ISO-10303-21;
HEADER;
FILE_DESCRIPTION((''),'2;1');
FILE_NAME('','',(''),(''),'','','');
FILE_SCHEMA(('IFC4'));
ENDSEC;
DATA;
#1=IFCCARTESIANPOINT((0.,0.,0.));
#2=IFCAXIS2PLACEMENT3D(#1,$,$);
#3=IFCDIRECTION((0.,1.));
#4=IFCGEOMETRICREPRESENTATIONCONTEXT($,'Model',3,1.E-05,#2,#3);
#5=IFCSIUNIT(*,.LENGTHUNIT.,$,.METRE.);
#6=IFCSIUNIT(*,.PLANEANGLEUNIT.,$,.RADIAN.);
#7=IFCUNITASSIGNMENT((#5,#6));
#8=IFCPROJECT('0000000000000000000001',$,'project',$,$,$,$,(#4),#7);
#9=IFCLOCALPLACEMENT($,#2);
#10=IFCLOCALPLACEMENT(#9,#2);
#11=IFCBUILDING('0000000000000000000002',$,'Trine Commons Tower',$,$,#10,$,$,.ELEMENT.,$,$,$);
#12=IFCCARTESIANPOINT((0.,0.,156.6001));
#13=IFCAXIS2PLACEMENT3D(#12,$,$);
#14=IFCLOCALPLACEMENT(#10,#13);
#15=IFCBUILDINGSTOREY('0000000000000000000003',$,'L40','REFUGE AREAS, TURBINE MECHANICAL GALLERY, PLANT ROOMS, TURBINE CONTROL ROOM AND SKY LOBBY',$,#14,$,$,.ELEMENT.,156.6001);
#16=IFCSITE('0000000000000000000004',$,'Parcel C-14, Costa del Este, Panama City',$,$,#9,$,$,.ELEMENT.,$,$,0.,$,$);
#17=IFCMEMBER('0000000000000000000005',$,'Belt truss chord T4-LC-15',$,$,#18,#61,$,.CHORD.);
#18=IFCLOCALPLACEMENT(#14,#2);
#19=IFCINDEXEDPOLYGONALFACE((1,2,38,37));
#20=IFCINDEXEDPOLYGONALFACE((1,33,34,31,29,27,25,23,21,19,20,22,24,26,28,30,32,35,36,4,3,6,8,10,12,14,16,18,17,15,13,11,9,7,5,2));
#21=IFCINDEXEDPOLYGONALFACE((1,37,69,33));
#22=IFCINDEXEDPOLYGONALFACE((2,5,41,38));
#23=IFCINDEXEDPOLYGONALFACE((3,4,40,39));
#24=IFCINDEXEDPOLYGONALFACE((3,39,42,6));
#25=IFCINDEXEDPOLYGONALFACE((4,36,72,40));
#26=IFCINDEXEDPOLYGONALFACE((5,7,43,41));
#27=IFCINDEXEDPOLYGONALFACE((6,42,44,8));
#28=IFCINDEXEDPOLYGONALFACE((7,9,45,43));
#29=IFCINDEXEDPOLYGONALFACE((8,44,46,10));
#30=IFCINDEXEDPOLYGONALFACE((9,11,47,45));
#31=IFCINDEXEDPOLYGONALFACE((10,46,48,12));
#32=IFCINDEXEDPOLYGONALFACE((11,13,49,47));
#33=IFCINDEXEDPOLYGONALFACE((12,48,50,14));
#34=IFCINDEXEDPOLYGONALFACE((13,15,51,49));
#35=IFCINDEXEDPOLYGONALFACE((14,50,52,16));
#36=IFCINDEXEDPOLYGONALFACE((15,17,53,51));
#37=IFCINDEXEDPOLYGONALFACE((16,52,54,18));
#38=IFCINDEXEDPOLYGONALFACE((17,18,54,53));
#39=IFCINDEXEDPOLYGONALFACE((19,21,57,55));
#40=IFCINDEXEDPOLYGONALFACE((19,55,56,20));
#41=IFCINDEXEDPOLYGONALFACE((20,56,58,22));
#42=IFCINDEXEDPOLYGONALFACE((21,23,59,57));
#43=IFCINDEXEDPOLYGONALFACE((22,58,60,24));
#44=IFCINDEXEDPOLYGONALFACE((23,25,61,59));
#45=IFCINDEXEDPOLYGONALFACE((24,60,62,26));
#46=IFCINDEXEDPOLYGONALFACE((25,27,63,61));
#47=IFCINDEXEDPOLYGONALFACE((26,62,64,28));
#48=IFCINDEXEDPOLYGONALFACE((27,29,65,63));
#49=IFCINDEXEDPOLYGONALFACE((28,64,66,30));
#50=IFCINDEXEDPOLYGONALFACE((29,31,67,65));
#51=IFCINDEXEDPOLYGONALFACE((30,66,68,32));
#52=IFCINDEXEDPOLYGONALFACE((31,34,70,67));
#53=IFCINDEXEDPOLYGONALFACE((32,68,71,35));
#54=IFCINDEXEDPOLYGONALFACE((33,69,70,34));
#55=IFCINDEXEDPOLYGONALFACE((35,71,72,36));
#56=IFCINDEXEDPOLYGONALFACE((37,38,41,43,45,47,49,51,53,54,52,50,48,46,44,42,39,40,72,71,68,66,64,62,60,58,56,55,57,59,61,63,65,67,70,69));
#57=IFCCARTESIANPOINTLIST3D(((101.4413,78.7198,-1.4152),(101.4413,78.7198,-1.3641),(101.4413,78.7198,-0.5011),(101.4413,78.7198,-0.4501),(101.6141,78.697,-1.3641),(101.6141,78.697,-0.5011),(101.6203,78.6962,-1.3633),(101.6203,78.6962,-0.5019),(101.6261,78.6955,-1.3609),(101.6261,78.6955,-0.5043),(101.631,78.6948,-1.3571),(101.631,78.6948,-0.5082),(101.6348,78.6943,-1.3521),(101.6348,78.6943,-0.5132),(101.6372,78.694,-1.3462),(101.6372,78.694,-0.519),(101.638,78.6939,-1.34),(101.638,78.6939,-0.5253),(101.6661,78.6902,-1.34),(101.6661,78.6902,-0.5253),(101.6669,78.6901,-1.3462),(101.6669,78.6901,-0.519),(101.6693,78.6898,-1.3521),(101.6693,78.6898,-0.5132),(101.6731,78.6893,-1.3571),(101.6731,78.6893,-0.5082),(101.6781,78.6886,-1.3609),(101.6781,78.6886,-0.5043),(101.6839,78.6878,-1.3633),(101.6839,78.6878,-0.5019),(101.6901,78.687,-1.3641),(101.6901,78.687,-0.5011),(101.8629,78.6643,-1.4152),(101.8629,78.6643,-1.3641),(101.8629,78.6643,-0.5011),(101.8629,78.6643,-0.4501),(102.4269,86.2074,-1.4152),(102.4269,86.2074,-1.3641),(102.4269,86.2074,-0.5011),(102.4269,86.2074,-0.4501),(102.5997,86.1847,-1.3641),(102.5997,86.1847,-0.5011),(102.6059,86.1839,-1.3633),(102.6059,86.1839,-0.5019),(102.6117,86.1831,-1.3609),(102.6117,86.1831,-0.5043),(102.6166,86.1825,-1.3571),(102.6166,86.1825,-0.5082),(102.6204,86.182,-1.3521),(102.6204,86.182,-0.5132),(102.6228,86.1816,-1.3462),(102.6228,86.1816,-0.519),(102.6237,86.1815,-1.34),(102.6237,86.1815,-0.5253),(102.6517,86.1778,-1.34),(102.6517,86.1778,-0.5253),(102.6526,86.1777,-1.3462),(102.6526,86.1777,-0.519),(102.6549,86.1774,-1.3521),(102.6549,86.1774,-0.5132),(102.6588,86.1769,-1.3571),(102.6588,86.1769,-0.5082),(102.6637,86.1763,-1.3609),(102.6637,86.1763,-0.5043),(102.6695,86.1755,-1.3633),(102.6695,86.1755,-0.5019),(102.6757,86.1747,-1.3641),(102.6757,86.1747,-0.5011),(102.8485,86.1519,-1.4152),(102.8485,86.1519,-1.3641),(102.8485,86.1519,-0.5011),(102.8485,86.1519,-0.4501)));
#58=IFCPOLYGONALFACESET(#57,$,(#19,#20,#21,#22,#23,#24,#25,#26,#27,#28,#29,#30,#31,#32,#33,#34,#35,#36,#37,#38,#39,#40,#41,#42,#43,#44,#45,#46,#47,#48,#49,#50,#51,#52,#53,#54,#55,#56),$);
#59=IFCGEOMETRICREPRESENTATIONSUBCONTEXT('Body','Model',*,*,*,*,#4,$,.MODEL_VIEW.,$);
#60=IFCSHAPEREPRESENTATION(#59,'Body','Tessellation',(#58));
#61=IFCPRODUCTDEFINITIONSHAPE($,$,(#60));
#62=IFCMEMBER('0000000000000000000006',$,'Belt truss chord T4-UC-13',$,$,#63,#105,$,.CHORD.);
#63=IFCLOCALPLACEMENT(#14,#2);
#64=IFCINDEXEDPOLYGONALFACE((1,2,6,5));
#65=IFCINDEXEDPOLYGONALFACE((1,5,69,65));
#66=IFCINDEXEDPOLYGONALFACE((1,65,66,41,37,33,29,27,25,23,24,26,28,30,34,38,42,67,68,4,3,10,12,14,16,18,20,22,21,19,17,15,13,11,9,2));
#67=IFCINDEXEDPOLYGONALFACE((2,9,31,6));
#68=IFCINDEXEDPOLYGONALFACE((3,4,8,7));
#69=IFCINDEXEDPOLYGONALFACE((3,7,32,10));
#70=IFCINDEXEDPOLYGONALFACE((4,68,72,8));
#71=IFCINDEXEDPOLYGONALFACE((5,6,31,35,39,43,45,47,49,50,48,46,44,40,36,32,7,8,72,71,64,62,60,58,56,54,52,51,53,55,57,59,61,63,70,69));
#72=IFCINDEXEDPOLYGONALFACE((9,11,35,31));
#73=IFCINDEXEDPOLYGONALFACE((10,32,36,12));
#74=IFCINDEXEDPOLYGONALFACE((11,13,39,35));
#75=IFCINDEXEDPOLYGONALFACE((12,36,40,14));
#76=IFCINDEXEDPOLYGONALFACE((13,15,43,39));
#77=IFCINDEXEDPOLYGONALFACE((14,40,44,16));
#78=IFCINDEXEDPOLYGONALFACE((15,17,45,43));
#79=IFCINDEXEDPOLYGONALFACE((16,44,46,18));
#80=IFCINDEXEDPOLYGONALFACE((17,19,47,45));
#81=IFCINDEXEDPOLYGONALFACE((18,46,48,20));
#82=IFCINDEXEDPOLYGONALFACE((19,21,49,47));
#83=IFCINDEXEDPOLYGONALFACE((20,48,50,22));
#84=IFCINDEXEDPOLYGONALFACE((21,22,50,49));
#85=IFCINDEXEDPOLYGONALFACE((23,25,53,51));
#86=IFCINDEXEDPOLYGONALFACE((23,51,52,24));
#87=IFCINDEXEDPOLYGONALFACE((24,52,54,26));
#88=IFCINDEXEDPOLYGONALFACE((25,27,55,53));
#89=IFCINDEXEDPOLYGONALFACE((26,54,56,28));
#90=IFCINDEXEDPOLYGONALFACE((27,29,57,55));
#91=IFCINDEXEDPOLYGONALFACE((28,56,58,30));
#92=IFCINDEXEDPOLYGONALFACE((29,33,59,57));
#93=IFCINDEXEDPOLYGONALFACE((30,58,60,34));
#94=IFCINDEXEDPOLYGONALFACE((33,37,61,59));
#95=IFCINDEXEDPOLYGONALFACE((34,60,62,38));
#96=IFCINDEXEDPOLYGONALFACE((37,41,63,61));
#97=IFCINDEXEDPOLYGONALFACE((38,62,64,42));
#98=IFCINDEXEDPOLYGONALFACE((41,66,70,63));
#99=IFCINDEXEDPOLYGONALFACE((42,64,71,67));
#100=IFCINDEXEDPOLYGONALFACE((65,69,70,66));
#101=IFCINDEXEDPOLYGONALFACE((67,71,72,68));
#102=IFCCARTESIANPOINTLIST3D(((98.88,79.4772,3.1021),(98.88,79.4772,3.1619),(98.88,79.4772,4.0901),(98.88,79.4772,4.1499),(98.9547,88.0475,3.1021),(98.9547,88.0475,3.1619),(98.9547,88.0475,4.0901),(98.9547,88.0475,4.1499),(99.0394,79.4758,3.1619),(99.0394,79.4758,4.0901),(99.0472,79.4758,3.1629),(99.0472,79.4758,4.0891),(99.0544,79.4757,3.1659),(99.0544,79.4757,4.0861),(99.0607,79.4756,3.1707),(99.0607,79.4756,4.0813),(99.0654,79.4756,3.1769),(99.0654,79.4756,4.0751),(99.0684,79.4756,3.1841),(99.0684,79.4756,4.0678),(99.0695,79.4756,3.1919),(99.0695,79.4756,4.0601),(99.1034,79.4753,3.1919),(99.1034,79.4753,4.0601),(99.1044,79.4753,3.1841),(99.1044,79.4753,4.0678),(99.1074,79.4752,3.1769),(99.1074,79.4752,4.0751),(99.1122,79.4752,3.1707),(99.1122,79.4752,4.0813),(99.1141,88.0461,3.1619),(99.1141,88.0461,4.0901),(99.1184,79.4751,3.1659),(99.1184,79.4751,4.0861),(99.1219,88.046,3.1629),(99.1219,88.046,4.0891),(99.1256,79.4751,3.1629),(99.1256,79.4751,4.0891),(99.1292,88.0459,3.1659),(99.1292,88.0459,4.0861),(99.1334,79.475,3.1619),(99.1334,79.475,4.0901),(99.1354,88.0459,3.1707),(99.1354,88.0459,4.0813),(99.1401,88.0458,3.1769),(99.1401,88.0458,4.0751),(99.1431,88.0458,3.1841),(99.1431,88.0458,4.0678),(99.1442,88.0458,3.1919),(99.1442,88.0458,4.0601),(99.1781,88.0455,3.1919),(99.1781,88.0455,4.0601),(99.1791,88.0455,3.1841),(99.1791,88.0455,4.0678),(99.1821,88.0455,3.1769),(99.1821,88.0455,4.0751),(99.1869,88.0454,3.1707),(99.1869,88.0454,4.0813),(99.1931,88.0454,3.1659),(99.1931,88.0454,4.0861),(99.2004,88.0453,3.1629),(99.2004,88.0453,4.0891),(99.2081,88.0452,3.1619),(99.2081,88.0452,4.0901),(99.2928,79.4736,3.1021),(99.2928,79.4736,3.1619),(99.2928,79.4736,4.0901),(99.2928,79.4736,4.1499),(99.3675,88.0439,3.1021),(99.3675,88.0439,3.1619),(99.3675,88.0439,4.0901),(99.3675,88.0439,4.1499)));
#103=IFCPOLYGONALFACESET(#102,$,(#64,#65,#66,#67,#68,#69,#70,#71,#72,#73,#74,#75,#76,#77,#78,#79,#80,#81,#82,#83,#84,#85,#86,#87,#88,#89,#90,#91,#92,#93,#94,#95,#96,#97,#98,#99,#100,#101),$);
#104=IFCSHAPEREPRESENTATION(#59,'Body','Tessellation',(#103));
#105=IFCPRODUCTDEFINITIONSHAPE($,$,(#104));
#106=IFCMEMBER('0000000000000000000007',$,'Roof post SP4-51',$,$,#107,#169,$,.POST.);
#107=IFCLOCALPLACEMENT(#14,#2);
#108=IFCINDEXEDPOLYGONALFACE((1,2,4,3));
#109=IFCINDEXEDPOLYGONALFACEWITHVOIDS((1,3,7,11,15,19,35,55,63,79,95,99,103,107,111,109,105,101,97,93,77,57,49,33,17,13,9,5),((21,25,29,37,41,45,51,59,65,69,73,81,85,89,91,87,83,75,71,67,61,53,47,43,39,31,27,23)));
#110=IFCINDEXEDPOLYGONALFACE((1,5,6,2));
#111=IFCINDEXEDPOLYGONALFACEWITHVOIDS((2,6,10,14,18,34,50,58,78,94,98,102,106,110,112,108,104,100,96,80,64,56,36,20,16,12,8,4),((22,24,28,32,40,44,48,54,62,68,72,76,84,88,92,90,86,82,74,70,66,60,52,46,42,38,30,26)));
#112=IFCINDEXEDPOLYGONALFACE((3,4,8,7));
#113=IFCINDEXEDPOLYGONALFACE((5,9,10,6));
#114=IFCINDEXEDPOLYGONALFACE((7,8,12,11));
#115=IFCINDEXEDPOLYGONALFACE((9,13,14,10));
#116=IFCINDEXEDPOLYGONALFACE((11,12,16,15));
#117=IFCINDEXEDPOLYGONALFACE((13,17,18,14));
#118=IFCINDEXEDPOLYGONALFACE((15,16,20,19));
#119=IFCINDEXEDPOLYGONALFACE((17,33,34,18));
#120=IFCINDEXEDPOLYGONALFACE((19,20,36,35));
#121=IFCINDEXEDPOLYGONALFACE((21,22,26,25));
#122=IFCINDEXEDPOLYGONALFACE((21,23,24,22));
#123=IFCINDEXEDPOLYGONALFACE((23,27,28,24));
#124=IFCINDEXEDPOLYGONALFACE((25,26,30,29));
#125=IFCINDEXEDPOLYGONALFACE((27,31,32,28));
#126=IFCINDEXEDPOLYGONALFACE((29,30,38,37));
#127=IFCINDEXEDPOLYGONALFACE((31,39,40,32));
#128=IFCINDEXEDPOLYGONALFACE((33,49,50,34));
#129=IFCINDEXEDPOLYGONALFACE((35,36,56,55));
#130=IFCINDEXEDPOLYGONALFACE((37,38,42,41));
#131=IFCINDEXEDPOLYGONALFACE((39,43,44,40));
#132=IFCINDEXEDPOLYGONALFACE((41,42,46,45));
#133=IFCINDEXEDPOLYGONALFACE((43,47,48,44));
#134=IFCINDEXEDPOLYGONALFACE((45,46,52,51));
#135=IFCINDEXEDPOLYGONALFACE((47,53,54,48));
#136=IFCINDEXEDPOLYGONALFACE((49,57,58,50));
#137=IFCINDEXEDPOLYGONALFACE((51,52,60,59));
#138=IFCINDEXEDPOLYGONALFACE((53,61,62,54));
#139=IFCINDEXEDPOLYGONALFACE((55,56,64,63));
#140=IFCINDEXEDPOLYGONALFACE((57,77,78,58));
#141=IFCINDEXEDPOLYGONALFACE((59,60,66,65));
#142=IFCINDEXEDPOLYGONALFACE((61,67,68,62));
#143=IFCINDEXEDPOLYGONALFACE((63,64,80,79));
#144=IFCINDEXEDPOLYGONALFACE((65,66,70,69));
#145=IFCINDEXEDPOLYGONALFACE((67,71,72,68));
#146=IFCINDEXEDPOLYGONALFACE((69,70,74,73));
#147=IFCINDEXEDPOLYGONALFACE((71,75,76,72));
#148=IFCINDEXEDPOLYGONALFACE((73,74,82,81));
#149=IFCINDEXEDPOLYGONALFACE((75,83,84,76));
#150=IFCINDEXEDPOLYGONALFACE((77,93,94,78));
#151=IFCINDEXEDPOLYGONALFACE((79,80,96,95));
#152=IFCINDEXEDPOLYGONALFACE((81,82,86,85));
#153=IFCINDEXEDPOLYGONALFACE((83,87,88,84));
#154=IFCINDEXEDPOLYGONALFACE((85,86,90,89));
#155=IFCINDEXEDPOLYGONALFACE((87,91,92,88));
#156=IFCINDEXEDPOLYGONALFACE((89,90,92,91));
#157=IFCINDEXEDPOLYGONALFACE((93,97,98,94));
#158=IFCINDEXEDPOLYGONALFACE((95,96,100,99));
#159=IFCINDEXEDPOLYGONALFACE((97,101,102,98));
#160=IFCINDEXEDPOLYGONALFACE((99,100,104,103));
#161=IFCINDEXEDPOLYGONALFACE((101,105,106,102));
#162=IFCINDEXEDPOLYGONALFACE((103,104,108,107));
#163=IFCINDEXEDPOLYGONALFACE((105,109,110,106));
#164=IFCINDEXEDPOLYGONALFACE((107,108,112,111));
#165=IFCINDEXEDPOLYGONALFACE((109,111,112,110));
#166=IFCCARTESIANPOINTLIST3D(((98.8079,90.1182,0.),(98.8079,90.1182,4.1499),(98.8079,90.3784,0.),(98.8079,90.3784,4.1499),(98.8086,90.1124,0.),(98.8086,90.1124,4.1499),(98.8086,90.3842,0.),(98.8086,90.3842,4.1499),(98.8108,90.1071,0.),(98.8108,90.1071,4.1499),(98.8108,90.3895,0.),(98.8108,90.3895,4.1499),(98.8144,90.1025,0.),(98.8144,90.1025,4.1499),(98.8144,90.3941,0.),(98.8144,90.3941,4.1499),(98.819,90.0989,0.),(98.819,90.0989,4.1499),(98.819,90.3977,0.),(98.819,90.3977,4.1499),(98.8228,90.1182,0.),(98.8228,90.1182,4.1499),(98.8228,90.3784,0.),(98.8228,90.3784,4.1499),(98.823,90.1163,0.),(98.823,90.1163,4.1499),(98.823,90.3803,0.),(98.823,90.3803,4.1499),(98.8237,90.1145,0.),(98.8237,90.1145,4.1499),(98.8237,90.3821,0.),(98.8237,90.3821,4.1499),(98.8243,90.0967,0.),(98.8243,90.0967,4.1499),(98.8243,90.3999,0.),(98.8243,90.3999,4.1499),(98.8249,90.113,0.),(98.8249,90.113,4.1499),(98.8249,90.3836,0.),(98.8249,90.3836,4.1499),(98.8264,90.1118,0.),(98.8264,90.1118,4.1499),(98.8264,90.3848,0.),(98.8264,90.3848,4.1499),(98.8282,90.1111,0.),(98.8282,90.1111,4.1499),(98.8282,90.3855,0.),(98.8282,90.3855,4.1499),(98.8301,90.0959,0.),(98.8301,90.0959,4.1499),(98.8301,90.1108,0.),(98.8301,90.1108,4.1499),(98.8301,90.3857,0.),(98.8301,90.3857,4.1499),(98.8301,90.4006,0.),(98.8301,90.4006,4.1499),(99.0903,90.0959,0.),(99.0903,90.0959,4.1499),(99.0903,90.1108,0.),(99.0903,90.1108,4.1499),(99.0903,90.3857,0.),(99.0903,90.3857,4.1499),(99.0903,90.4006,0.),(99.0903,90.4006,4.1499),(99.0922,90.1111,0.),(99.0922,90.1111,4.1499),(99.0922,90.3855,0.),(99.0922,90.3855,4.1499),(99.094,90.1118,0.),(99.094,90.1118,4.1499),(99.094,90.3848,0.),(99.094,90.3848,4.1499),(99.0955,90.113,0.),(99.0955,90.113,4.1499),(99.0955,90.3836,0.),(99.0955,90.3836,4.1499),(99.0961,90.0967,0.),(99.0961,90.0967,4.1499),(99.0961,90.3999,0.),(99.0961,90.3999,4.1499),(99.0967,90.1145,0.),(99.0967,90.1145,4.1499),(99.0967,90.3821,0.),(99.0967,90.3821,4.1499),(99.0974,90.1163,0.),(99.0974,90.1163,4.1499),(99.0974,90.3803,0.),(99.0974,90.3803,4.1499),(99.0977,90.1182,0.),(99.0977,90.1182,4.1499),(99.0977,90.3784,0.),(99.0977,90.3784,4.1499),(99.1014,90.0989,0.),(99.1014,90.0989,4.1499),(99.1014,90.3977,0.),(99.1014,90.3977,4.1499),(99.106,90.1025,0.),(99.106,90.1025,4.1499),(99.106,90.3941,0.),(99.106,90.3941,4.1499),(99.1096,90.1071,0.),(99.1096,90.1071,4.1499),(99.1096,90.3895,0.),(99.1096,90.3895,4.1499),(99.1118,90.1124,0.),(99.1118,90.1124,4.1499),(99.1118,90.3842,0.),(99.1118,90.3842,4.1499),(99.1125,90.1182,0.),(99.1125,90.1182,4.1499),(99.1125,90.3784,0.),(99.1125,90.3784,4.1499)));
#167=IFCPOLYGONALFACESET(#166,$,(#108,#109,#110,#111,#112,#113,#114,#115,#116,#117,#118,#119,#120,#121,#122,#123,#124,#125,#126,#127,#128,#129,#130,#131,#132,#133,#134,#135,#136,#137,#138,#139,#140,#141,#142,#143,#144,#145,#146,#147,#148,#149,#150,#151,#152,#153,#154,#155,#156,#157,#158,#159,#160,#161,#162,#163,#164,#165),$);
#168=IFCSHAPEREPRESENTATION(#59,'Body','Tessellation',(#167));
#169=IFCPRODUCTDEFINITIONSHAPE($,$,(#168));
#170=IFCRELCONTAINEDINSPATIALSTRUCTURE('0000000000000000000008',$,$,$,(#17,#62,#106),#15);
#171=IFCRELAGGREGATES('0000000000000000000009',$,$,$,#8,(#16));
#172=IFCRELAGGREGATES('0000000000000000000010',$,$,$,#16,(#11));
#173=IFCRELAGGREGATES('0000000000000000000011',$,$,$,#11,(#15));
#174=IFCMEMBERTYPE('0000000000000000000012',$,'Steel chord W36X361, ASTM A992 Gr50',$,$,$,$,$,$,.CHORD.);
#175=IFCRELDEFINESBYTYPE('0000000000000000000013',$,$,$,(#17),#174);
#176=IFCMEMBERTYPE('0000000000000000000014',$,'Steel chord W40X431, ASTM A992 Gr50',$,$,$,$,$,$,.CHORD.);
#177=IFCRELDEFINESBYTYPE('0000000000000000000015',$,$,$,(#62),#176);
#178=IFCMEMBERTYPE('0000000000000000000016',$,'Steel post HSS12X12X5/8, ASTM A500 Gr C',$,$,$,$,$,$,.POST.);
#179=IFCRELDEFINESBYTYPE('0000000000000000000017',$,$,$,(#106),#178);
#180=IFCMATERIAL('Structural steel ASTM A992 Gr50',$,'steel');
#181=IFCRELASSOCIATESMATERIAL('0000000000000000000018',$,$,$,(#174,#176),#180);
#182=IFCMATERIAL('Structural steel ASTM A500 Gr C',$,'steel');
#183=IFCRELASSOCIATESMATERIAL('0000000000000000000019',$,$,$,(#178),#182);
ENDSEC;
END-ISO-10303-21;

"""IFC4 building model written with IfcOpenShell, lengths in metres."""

from ifc_helpers import new_model, si_unit, direction, frame, origin, origin_2d, place, context, subcontext, project, spatial, hollow_rectangle, i_section, extrude, material, material_profile, profile_set, type_object, element, save


model = new_model("IFC4")

# Units and contexts
model_context = context("Model", 3, precision=1e-05, world=origin(), true_north=direction((0.0, 1.0)))
body_context = subcontext(model_context, "Body", "Model", "MODEL_VIEW")
ifc_project = project(units=[si_unit("LENGTHUNIT", "METRE"), si_unit("PLANEANGLEUNIT", "RADIAN")], contexts=[model_context])

# Site, building, storey
site_placement = place(None, origin())
site = spatial("IfcSite", under=ifc_project, at=site_placement, Name="Parcel C-14, Costa del Este, Panama City", CompositionType="ELEMENT", RefElevation=0.0)
building_placement = place(site_placement, origin())
building = spatial("IfcBuilding", under=site, at=building_placement, Name="Trine Commons Tower", CompositionType="ELEMENT")
storey_placement = place(building_placement, frame((0.0, 0.0, 156.6001)))
storey = spatial("IfcBuildingStorey", under=building, at=storey_placement, Name="L40", Description="REFUGE AREAS, TURBINE MECHANICAL GALLERY, PLANT ROOMS, TURBINE CONTROL ROOM AND SKY LOBBY", CompositionType="ELEMENT", Elevation=156.6001)

# Shared definitions
ifc_material_1 = material(Name="Structural steel ASTM A992 Gr50", Category="steel")

# Members
ifc_material_profile_1 = material_profile(ifc_material_1, i_section(OverallWidth=0.4253, OverallDepth=0.9651, WebThickness=0.0283, FlangeThickness=0.051, FilletRadius=0.0242, at=origin_2d()), Name="W36X361")
ifc_profile_set_1 = profile_set([ifc_material_profile_1], Name="Structural steel ASTM A992 Gr50")
member_type_1 = type_object("IfcMemberType", Name="Steel chord W36X361, ASTM A992 Gr50", PredefinedType="CHORD", material=ifc_profile_set_1)
member_1_placement = place(storey_placement, frame((102.6377, 86.1797, -0.9326), z_axis=(-0.130506, -0.991448, 0.0), x_axis=(0.991448, -0.130506, 0.0)))
element("IfcMember", 1, at=member_1_placement, inside=storey, type_object=member_type_1, Name="Belt truss chord T4-LC-15", PredefinedType="CHORD", context=body_context, shape_type="SweptSolid", body=[
    extrude(i_section(OverallWidth=0.4253, OverallDepth=0.9651, WebThickness=0.0283, FlangeThickness=0.051, FilletRadius=0.0242, at=origin_2d()), origin(), (0.0, 0.0, 1.0), 7.5522),
])
ifc_material_profile_2 = material_profile(ifc_material_1, i_section(OverallWidth=0.4128, OverallDepth=1.0479, WebThickness=0.0339, FlangeThickness=0.0598, FilletRadius=0.03, at=origin_2d()), Name="W40X431")
ifc_profile_set_2 = profile_set([ifc_material_profile_2], Name="Structural steel ASTM A992 Gr50")
member_type_2 = type_object("IfcMemberType", Name="Steel chord W40X431, ASTM A992 Gr50", PredefinedType="CHORD", material=ifc_profile_set_2)
member_2_placement = place(storey_placement, frame((99.1611, 88.0457, 3.626), z_axis=(-0.008717, -0.999962, 0.0), x_axis=(0.999962, -0.008717, 0.0)))
element("IfcMember", 2, at=member_2_placement, inside=storey, type_object=member_type_2, Name="Belt truss chord T4-UC-13", PredefinedType="CHORD", context=body_context, shape_type="SweptSolid", body=[
    extrude(i_section(OverallWidth=0.4128, OverallDepth=1.0479, WebThickness=0.0339, FlangeThickness=0.0598, FilletRadius=0.03, at=origin_2d()), origin(), (0.0, 0.0, 1.0), 8.5706),
])
ifc_material_2 = material(Name="Structural steel ASTM A500 Gr C", Category="steel")
ifc_material_profile_3 = material_profile(ifc_material_2, hollow_rectangle(XDim=0.3047, YDim=0.3047, WallThickness=0.0149, InnerFilletRadius=0.0073, OuterFilletRadius=0.0222, at=origin_2d()), Name="HSS12X12X5/8")
ifc_profile_set_3 = profile_set([ifc_material_profile_3], Name="Structural steel ASTM A500 Gr C")
member_type_3 = type_object("IfcMemberType", Name="Steel post HSS12X12X5/8, ASTM A500 Gr C", PredefinedType="POST", material=ifc_profile_set_3)
for number, where, z_axis, x_axis, name in (
    (3, (98.9602, 90.2483, 0.0), (0.0, 0.0, 1.0), (1.0, 0.0, 0.0), "Roof post SP4-51"),
):
    element("IfcMember", number, at=place(storey_placement, frame(where, z_axis=z_axis, x_axis=x_axis)), inside=storey, type_object=member_type_3, Name=name, PredefinedType="POST", context=body_context, shape_type="SweptSolid", body=[
        extrude(hollow_rectangle(XDim=0.3047, YDim=0.3047, WallThickness=0.0149, InnerFilletRadius=0.0073, OuterFilletRadius=0.0222, at=origin_2d()), origin(), (0.0, 0.0, 1.0), 4.1499),
    ])

save(model, "model.ifc")
